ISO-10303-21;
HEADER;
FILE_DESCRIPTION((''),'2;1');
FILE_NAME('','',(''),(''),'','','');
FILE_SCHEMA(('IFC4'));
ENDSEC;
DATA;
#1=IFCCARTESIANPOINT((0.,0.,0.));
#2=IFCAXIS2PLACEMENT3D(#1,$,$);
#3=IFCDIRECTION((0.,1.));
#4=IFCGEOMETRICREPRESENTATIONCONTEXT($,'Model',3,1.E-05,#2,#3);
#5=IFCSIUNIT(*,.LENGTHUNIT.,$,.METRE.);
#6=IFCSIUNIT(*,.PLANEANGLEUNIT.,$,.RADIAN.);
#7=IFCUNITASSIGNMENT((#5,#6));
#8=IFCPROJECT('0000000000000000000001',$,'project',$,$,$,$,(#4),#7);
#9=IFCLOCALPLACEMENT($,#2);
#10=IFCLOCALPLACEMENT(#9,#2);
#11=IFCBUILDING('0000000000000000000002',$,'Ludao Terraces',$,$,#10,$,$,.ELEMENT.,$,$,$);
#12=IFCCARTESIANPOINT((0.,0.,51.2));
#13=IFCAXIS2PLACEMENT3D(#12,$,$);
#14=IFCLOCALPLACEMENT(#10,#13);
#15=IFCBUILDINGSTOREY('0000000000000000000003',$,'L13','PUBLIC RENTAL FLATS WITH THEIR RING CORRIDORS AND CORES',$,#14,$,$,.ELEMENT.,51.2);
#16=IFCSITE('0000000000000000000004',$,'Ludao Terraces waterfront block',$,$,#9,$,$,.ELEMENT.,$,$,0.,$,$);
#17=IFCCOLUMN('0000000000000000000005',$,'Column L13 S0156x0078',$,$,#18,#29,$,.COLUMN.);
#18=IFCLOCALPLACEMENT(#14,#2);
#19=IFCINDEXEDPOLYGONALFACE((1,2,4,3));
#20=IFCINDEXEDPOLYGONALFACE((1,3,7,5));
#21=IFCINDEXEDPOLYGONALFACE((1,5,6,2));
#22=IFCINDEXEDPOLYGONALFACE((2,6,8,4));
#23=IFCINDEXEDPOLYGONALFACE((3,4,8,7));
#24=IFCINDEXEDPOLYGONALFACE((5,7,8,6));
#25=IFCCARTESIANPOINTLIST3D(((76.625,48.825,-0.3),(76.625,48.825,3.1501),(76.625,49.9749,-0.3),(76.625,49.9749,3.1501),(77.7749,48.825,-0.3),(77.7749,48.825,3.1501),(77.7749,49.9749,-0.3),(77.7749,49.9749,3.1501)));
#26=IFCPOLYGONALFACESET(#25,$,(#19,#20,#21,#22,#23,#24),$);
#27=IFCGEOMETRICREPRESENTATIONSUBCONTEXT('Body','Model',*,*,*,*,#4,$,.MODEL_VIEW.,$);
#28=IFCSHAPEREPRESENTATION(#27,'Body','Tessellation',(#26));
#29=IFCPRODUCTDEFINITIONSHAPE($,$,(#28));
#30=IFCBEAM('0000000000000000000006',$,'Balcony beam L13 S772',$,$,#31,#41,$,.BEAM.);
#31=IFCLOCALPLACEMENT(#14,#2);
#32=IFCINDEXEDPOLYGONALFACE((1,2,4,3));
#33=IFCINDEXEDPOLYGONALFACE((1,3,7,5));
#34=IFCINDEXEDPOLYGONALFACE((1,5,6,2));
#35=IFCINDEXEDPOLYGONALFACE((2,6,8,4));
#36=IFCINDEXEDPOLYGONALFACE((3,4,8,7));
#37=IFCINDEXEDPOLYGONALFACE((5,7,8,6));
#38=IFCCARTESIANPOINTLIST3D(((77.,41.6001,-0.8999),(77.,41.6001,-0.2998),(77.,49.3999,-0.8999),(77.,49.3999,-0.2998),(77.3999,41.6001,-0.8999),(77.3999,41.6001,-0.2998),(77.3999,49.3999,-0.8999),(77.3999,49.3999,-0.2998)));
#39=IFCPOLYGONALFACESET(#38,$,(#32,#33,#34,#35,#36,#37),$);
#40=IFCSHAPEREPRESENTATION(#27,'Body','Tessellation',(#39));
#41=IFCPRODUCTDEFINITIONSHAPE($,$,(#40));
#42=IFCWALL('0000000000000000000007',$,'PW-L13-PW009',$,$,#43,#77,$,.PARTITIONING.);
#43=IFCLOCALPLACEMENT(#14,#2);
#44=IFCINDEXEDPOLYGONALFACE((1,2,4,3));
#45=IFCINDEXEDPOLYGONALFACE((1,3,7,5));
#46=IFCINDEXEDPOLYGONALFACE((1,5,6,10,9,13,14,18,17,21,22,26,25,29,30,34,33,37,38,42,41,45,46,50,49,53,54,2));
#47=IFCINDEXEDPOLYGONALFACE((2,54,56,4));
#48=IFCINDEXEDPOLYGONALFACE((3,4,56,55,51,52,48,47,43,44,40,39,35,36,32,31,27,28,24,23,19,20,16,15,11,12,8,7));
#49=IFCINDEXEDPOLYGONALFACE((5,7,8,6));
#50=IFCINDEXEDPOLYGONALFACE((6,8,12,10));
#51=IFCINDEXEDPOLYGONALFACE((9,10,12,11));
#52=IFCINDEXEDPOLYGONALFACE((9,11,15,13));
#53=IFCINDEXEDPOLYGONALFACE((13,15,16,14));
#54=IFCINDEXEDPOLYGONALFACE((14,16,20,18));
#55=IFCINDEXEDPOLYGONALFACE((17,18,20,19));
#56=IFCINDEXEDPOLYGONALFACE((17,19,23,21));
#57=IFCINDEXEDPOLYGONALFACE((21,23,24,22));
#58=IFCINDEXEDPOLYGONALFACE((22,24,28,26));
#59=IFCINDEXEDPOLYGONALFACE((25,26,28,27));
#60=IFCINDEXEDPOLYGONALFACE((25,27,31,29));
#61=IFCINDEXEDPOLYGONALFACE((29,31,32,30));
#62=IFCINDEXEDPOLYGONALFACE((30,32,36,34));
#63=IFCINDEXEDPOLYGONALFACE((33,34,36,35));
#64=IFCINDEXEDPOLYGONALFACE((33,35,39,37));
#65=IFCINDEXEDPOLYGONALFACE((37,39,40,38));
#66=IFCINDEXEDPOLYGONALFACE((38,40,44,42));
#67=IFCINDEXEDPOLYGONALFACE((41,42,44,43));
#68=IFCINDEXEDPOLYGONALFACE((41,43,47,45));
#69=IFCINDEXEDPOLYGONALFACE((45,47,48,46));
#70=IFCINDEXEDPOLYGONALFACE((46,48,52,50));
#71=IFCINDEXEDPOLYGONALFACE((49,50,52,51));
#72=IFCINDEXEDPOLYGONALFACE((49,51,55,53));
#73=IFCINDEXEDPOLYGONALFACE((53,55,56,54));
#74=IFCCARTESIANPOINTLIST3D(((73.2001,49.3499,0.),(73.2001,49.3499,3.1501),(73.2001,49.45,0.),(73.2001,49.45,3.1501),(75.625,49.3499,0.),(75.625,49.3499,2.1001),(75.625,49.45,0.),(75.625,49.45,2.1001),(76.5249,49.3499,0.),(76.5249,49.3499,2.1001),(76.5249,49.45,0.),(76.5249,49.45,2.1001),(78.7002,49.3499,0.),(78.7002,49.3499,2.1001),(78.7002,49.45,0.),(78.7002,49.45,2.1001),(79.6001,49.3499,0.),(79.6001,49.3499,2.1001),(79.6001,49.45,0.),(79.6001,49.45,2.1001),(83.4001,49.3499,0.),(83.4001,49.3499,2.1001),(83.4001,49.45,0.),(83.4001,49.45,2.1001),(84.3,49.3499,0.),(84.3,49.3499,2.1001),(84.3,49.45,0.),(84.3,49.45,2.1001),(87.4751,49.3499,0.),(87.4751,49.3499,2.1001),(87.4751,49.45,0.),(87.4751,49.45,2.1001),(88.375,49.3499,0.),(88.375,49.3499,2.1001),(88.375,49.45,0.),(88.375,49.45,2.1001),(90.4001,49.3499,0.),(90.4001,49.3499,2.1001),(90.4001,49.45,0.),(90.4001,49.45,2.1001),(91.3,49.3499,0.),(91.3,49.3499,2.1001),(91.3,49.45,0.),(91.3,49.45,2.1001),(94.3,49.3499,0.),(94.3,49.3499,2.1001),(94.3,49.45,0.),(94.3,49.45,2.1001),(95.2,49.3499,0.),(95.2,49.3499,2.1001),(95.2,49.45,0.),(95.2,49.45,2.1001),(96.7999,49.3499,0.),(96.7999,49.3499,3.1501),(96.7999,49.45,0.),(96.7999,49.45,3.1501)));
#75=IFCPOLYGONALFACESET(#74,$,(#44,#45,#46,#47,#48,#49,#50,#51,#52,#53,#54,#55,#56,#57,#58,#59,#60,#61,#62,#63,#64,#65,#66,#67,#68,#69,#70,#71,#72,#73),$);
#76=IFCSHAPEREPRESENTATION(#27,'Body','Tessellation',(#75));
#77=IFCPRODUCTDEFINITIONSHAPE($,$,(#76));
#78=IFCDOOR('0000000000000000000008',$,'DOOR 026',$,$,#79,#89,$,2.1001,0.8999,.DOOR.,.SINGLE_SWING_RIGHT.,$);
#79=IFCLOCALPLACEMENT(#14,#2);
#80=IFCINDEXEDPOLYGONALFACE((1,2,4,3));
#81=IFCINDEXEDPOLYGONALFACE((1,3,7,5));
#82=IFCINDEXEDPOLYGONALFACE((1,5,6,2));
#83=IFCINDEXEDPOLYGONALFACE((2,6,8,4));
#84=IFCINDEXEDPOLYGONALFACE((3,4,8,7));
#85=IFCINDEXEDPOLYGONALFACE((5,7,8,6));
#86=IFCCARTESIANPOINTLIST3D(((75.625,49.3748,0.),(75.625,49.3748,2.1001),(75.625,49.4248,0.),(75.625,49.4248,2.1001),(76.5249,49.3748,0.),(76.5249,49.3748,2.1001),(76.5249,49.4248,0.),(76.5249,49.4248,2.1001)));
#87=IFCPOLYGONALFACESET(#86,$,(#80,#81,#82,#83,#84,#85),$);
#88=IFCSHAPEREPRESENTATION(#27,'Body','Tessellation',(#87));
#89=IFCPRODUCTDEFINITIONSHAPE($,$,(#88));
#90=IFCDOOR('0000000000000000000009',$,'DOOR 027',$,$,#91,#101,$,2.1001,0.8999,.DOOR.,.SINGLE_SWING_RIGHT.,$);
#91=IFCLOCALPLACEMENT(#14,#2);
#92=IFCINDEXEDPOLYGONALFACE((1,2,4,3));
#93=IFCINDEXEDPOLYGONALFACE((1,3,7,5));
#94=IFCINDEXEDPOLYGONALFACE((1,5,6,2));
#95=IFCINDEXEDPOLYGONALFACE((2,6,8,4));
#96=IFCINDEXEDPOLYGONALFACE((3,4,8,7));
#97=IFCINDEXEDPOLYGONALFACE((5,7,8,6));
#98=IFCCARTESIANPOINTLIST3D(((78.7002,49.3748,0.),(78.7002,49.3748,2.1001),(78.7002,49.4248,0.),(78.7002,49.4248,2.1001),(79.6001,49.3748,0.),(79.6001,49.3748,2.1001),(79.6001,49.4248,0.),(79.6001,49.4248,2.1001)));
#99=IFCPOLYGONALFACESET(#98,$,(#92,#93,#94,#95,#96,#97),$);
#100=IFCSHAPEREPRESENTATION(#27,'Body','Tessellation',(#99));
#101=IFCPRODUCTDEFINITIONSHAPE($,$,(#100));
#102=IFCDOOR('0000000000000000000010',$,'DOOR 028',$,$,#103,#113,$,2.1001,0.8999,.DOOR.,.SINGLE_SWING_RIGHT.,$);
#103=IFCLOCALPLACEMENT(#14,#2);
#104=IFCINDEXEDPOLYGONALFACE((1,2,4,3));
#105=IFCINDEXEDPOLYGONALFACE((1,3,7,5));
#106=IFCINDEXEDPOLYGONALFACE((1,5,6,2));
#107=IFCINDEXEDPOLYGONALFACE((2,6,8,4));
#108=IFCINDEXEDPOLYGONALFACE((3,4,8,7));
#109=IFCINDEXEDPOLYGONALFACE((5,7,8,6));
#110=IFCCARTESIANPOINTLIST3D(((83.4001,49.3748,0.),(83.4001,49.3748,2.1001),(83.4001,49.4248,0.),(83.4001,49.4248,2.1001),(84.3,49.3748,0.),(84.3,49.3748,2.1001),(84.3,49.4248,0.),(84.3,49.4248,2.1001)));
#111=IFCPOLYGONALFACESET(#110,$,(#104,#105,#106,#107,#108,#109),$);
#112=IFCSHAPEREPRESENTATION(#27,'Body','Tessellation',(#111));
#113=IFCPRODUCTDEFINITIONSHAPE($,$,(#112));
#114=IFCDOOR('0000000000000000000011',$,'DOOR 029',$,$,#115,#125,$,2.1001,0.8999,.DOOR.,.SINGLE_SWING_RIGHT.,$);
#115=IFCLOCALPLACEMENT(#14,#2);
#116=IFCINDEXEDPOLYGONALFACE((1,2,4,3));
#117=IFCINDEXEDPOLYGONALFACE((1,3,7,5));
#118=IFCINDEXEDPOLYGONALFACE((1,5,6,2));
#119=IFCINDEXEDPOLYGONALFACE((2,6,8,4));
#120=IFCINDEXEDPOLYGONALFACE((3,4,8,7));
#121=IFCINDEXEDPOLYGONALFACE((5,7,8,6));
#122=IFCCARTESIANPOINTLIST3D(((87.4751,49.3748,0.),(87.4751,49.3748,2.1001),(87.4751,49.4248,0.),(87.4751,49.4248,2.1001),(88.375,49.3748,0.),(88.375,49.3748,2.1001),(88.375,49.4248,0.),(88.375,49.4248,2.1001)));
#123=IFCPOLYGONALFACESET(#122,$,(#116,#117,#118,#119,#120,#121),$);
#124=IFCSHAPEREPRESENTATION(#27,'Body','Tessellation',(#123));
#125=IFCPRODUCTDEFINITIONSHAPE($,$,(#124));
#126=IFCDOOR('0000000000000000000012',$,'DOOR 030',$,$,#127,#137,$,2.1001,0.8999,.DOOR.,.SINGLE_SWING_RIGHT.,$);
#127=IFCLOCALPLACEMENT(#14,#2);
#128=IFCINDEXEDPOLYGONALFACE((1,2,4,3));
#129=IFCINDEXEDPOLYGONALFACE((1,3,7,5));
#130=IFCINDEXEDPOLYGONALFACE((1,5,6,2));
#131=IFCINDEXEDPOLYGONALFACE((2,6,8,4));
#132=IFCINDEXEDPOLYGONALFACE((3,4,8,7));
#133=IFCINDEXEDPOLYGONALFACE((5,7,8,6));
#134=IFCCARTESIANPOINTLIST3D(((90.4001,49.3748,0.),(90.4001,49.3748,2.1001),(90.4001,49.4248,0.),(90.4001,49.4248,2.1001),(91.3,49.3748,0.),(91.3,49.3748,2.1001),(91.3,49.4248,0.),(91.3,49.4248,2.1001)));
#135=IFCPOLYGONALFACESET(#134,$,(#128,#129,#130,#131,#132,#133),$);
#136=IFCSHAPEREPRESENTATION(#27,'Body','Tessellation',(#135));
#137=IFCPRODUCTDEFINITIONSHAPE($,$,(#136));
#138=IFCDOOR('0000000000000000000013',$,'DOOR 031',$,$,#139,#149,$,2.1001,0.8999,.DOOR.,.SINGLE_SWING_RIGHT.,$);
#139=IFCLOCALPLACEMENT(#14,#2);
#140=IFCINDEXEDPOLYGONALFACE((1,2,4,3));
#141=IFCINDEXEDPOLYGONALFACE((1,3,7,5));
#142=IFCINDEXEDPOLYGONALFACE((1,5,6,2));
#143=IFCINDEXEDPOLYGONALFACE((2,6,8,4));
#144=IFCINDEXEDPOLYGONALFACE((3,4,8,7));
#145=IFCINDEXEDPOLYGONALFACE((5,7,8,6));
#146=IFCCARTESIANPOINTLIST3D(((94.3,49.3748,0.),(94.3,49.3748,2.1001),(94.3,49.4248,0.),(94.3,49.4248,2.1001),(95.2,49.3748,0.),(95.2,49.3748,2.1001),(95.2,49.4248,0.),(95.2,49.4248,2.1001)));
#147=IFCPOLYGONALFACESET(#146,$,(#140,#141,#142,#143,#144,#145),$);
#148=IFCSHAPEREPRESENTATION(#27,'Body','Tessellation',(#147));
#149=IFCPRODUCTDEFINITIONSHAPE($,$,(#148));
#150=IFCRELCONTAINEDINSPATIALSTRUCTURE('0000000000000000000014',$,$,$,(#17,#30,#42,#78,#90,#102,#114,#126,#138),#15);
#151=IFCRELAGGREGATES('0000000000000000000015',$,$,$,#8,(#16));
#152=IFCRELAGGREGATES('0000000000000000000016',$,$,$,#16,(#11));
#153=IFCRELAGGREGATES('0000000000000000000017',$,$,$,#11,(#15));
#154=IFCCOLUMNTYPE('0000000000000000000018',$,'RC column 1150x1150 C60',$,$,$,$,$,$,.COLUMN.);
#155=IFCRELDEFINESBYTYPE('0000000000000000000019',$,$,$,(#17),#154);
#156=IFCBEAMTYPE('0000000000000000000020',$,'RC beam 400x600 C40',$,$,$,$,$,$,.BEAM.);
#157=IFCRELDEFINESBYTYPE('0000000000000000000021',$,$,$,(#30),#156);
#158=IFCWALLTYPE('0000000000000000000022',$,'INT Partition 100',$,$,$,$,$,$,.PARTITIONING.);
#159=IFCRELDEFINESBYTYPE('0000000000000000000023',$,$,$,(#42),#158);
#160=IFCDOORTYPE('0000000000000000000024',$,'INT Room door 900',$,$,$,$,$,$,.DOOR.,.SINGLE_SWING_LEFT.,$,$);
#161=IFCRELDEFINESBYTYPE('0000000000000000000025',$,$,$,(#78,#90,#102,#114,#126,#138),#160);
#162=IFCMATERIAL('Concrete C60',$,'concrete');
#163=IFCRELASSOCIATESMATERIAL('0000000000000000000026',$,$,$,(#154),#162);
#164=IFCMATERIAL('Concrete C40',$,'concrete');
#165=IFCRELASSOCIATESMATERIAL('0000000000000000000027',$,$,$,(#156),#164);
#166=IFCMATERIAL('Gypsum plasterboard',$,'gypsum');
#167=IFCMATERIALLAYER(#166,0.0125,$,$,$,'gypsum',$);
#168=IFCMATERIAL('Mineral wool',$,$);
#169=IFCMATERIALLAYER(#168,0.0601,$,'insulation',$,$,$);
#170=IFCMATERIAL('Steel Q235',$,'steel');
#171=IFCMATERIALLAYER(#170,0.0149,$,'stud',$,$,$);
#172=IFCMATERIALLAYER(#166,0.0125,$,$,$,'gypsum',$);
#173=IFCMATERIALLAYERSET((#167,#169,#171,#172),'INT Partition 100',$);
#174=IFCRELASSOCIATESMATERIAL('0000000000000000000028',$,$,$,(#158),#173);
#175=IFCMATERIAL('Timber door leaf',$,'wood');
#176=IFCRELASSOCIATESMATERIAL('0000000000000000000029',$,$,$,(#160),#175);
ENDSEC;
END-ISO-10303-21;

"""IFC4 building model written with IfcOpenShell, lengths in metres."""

from ifc_helpers import new_model, si_unit, direction, frame, frame_2d, origin, origin_2d, place, context, subcontext, project, spatial, rectangle, extrude, material, layer, layer_set, material_profile, profile_set, type_object, element, fill, save


model = new_model("IFC4")

# Units and contexts
model_context = context("Model", 3, precision=1e-05, world=origin(), true_north=direction((0.0, 1.0)))
body_context = subcontext(model_context, "Body", "Model", "MODEL_VIEW")
ifc_project = project(units=[si_unit("LENGTHUNIT", "METRE"), si_unit("PLANEANGLEUNIT", "RADIAN")], contexts=[model_context])

# Site, building, storey
site_placement = place(None, origin())
site = spatial("IfcSite", under=ifc_project, at=site_placement, Name="Ludao Terraces waterfront block", CompositionType="ELEMENT", RefElevation=0.0)
building_placement = place(site_placement, origin())
building = spatial("IfcBuilding", under=site, at=building_placement, Name="Ludao Terraces", CompositionType="ELEMENT")
storey_placement = place(building_placement, frame((0.0, 0.0, 51.2)))
storey = spatial("IfcBuildingStorey", under=building, at=storey_placement, Name="L13", Description="PUBLIC RENTAL FLATS WITH THEIR RING CORRIDORS AND CORES", CompositionType="ELEMENT", Elevation=51.2)

# Column
ifc_material_1 = material(Name="Concrete C60", Category="concrete")
ifc_material_profile_1 = material_profile(ifc_material_1, rectangle(XDim=1.1499, YDim=1.1499, at=origin_2d()), Name="1150 X 1150")
ifc_profile_set_1 = profile_set([ifc_material_profile_1], Name="Concrete C60")
column_type = type_object("IfcColumnType", Name="RC column 1150x1150 C60", PredefinedType="COLUMN", material=ifc_profile_set_1)
column_placement = place(storey_placement, frame((77.2, 49.3999, -0.3), z_axis=(0.0, 0.0, 1.0), x_axis=(1.0, 0.0, 0.0)))
element("IfcColumn", 1, at=column_placement, inside=storey, type_object=column_type, Name="Column L13 S0156x0078", PredefinedType="COLUMN", context=body_context, shape_type="SweptSolid", body=[
    extrude(rectangle(XDim=1.1499, YDim=1.1499, at=origin_2d()), origin(), (0.0, 0.0, 1.0), 3.4502),
])

# Beam
ifc_material_2 = material(Name="Concrete C40", Category="concrete")
ifc_material_profile_2 = material_profile(ifc_material_2, rectangle(XDim=0.3999, YDim=0.6001, at=origin_2d()), Name="400 X 600")
ifc_profile_set_2 = profile_set([ifc_material_profile_2], Name="Concrete C40")
beam_type = type_object("IfcBeamType", Name="RC beam 400x600 C40", PredefinedType="BEAM", material=ifc_profile_set_2)
beam_placement = place(storey_placement, frame((77.2, 49.3999, -0.5999), z_axis=(0.0, -1.0, 0.0), x_axis=(1.0, 0.0, 0.0)))
element("IfcBeam", 2, at=beam_placement, inside=storey, type_object=beam_type, Name="Balcony beam L13 S772", PredefinedType="BEAM", context=body_context, shape_type="SweptSolid", body=[
    extrude(rectangle(XDim=0.3999, YDim=0.6001, at=origin_2d()), origin(), (0.0, 0.0, 1.0), 7.7998),
])

# Wall, openings, doors
ifc_material_3 = material(Name="Gypsum plasterboard", Category="gypsum")
ifc_layer_1 = layer(ifc_material_3, 0.0125, Category="gypsum")
ifc_material_4 = material(Name="Mineral wool")
ifc_layer_2 = layer(ifc_material_4, 0.0601, Name="insulation")
ifc_material_5 = material(Name="Steel Q235", Category="steel")
ifc_layer_3 = layer(ifc_material_5, 0.0149, Name="stud")
ifc_layer_4 = layer(ifc_material_3, 0.0125, Category="gypsum")
ifc_layer_set = layer_set([ifc_layer_1, ifc_layer_2, ifc_layer_3, ifc_layer_4], Name="INT Partition 100")
wall_type = type_object("IfcWallType", Name="INT Partition 100", PredefinedType="PARTITIONING", material=ifc_layer_set)
wall_1_placement = place(storey_placement, frame((73.2002, 49.3999, 0.0), z_axis=(0.0, 0.0, 1.0), x_axis=(1.0, 0.0, 0.0)))
wall_1 = element("IfcWall", 3, at=wall_1_placement, inside=storey, type_object=wall_type, Name="PW-L13-PW009", PredefinedType="PARTITIONING", context=body_context, shape_type="SweptSolid", body=[
    extrude(rectangle(XDim=23.5999, YDim=0.1001, at=frame_2d((11.7998, 0.0))), origin(), (0.0, 0.0, 1.0), 3.1501),
])
opening_1_placement = place(wall_1_placement, frame((2.4248, 0.0, 0.0)))
opening_1 = element("IfcOpeningElement", 4, at=opening_1_placement, cuts=wall_1, PredefinedType="OPENING", context=body_context, shape_type="SweptSolid", body=[
    extrude(rectangle(XDim=0.8999, YDim=2.1001, at=frame_2d((0.45, 1.05))), frame((0.0, 0.0601, 0.0), z_axis=(0.0, -1.0, 0.0), x_axis=(1.0, 0.0, 0.0)), (0.0, 0.0, 1.0), 0.1201),
])
opening_2_placement = place(wall_1_placement, frame((5.5, 0.0, 0.0)))
opening_2 = element("IfcOpeningElement", 5, at=opening_2_placement, cuts=wall_1, PredefinedType="OPENING", context=body_context, shape_type="SweptSolid", body=[
    extrude(rectangle(XDim=0.8999, YDim=2.1001, at=frame_2d((0.45, 1.05))), frame((0.0, 0.0601, 0.0), z_axis=(0.0, -1.0, 0.0), x_axis=(1.0, 0.0, 0.0)), (0.0, 0.0, 1.0), 0.1201),
])
opening_3_placement = place(wall_1_placement, frame((10.2, 0.0, 0.0)))
opening_3 = element("IfcOpeningElement", 6, at=opening_3_placement, cuts=wall_1, PredefinedType="OPENING", context=body_context, shape_type="SweptSolid", body=[
    extrude(rectangle(XDim=0.8999, YDim=2.1001, at=frame_2d((0.45, 1.05))), frame((0.0, 0.0601, 0.0), z_axis=(0.0, -1.0, 0.0), x_axis=(1.0, 0.0, 0.0)), (0.0, 0.0, 1.0), 0.1201),
])
opening_4_placement = place(wall_1_placement, frame((14.2749, 0.0, 0.0)))
opening_4 = element("IfcOpeningElement", 7, at=opening_4_placement, cuts=wall_1, PredefinedType="OPENING", context=body_context, shape_type="SweptSolid", body=[
    extrude(rectangle(XDim=0.8999, YDim=2.1001, at=frame_2d((0.45, 1.05))), frame((0.0, 0.0601, 0.0), z_axis=(0.0, -1.0, 0.0), x_axis=(1.0, 0.0, 0.0)), (0.0, 0.0, 1.0), 0.1201),
])
opening_5_placement = place(wall_1_placement, frame((17.2, 0.0, 0.0)))
opening_5 = element("IfcOpeningElement", 8, at=opening_5_placement, cuts=wall_1, PredefinedType="OPENING", context=body_context, shape_type="SweptSolid", body=[
    extrude(rectangle(XDim=0.8999, YDim=2.1001, at=frame_2d((0.45, 1.05))), frame((0.0, 0.0601, 0.0), z_axis=(0.0, -1.0, 0.0), x_axis=(1.0, 0.0, 0.0)), (0.0, 0.0, 1.0), 0.1201),
])
opening_6_placement = place(wall_1_placement, frame((21.0999, 0.0, 0.0)))
opening_6 = element("IfcOpeningElement", 9, at=opening_6_placement, cuts=wall_1, PredefinedType="OPENING", context=body_context, shape_type="SweptSolid", body=[
    extrude(rectangle(XDim=0.8999, YDim=2.1001, at=frame_2d((0.45, 1.05))), frame((0.0, 0.0601, 0.0), z_axis=(0.0, -1.0, 0.0), x_axis=(1.0, 0.0, 0.0)), (0.0, 0.0, 1.0), 0.1201),
])
ifc_material_6 = material(Name="Timber door leaf", Category="wood")
door_type_1 = type_object("IfcDoorType", Name="INT Room door 900", OperationType="SINGLE_SWING_LEFT", PredefinedType="DOOR", material=ifc_material_6)
door_1_placement = place(opening_1_placement, origin())
door_1 = element("IfcDoor", 10, at=door_1_placement, inside=storey, type_object=door_type_1, Name="DOOR 026", OperationType="SINGLE_SWING_RIGHT", OverallHeight=2.1001, OverallWidth=0.8999, PredefinedType="DOOR", context=body_context, shape_type="SweptSolid", body=[
    extrude(rectangle(XDim=0.8999, YDim=2.1001, at=frame_2d((0.45, 1.05))), frame((0.0, 0.0249, 0.0), z_axis=(0.0, -1.0, 0.0), x_axis=(1.0, 0.0, 0.0)), (0.0, 0.0, 1.0), 0.05),
])
fill(opening_1, door_1)
door_2_placement = place(opening_2_placement, origin())
door_2 = element("IfcDoor", 11, at=door_2_placement, inside=storey, type_object=door_type_1, Name="DOOR 027", OperationType="SINGLE_SWING_RIGHT", OverallHeight=2.1001, OverallWidth=0.8999, PredefinedType="DOOR", context=body_context, shape_type="SweptSolid", body=[
    extrude(rectangle(XDim=0.8999, YDim=2.1001, at=frame_2d((0.45, 1.05))), frame((0.0, 0.0249, 0.0), z_axis=(0.0, -1.0, 0.0), x_axis=(1.0, 0.0, 0.0)), (0.0, 0.0, 1.0), 0.05),
])
fill(opening_2, door_2)
door_3_placement = place(opening_3_placement, origin())
door_3 = element("IfcDoor", 12, at=door_3_placement, inside=storey, type_object=door_type_1, Name="DOOR 028", OperationType="SINGLE_SWING_RIGHT", OverallHeight=2.1001, OverallWidth=0.8999, PredefinedType="DOOR", context=body_context, shape_type="SweptSolid", body=[
    extrude(rectangle(XDim=0.8999, YDim=2.1001, at=frame_2d((0.45, 1.05))), frame((0.0, 0.0249, 0.0), z_axis=(0.0, -1.0, 0.0), x_axis=(1.0, 0.0, 0.0)), (0.0, 0.0, 1.0), 0.05),
])
fill(opening_3, door_3)
door_4_placement = place(opening_4_placement, origin())
door_4 = element("IfcDoor", 13, at=door_4_placement, inside=storey, type_object=door_type_1, Name="DOOR 029", OperationType="SINGLE_SWING_RIGHT", OverallHeight=2.1001, OverallWidth=0.8999, PredefinedType="DOOR", context=body_context, shape_type="SweptSolid", body=[
    extrude(rectangle(XDim=0.8999, YDim=2.1001, at=frame_2d((0.45, 1.05))), frame((0.0, 0.0249, 0.0), z_axis=(0.0, -1.0, 0.0), x_axis=(1.0, 0.0, 0.0)), (0.0, 0.0, 1.0), 0.05),
])
fill(opening_4, door_4)
door_5_placement = place(opening_5_placement, origin())
door_5 = element("IfcDoor", 14, at=door_5_placement, inside=storey, type_object=door_type_1, Name="DOOR 030", OperationType="SINGLE_SWING_RIGHT", OverallHeight=2.1001, OverallWidth=0.8999, PredefinedType="DOOR", context=body_context, shape_type="SweptSolid", body=[
    extrude(rectangle(XDim=0.8999, YDim=2.1001, at=frame_2d((0.45, 1.05))), frame((0.0, 0.0249, 0.0), z_axis=(0.0, -1.0, 0.0), x_axis=(1.0, 0.0, 0.0)), (0.0, 0.0, 1.0), 0.05),
])
fill(opening_5, door_5)
door_6_placement = place(opening_6_placement, origin())
door_6 = element("IfcDoor", 15, at=door_6_placement, inside=storey, type_object=door_type_1, Name="DOOR 031", OperationType="SINGLE_SWING_RIGHT", OverallHeight=2.1001, OverallWidth=0.8999, PredefinedType="DOOR", context=body_context, shape_type="SweptSolid", body=[
    extrude(rectangle(XDim=0.8999, YDim=2.1001, at=frame_2d((0.45, 1.05))), frame((0.0, 0.0249, 0.0), z_axis=(0.0, -1.0, 0.0), x_axis=(1.0, 0.0, 0.0)), (0.0, 0.0, 1.0), 0.05),
])
fill(opening_6, door_6)

save(model, "model.ifc")
